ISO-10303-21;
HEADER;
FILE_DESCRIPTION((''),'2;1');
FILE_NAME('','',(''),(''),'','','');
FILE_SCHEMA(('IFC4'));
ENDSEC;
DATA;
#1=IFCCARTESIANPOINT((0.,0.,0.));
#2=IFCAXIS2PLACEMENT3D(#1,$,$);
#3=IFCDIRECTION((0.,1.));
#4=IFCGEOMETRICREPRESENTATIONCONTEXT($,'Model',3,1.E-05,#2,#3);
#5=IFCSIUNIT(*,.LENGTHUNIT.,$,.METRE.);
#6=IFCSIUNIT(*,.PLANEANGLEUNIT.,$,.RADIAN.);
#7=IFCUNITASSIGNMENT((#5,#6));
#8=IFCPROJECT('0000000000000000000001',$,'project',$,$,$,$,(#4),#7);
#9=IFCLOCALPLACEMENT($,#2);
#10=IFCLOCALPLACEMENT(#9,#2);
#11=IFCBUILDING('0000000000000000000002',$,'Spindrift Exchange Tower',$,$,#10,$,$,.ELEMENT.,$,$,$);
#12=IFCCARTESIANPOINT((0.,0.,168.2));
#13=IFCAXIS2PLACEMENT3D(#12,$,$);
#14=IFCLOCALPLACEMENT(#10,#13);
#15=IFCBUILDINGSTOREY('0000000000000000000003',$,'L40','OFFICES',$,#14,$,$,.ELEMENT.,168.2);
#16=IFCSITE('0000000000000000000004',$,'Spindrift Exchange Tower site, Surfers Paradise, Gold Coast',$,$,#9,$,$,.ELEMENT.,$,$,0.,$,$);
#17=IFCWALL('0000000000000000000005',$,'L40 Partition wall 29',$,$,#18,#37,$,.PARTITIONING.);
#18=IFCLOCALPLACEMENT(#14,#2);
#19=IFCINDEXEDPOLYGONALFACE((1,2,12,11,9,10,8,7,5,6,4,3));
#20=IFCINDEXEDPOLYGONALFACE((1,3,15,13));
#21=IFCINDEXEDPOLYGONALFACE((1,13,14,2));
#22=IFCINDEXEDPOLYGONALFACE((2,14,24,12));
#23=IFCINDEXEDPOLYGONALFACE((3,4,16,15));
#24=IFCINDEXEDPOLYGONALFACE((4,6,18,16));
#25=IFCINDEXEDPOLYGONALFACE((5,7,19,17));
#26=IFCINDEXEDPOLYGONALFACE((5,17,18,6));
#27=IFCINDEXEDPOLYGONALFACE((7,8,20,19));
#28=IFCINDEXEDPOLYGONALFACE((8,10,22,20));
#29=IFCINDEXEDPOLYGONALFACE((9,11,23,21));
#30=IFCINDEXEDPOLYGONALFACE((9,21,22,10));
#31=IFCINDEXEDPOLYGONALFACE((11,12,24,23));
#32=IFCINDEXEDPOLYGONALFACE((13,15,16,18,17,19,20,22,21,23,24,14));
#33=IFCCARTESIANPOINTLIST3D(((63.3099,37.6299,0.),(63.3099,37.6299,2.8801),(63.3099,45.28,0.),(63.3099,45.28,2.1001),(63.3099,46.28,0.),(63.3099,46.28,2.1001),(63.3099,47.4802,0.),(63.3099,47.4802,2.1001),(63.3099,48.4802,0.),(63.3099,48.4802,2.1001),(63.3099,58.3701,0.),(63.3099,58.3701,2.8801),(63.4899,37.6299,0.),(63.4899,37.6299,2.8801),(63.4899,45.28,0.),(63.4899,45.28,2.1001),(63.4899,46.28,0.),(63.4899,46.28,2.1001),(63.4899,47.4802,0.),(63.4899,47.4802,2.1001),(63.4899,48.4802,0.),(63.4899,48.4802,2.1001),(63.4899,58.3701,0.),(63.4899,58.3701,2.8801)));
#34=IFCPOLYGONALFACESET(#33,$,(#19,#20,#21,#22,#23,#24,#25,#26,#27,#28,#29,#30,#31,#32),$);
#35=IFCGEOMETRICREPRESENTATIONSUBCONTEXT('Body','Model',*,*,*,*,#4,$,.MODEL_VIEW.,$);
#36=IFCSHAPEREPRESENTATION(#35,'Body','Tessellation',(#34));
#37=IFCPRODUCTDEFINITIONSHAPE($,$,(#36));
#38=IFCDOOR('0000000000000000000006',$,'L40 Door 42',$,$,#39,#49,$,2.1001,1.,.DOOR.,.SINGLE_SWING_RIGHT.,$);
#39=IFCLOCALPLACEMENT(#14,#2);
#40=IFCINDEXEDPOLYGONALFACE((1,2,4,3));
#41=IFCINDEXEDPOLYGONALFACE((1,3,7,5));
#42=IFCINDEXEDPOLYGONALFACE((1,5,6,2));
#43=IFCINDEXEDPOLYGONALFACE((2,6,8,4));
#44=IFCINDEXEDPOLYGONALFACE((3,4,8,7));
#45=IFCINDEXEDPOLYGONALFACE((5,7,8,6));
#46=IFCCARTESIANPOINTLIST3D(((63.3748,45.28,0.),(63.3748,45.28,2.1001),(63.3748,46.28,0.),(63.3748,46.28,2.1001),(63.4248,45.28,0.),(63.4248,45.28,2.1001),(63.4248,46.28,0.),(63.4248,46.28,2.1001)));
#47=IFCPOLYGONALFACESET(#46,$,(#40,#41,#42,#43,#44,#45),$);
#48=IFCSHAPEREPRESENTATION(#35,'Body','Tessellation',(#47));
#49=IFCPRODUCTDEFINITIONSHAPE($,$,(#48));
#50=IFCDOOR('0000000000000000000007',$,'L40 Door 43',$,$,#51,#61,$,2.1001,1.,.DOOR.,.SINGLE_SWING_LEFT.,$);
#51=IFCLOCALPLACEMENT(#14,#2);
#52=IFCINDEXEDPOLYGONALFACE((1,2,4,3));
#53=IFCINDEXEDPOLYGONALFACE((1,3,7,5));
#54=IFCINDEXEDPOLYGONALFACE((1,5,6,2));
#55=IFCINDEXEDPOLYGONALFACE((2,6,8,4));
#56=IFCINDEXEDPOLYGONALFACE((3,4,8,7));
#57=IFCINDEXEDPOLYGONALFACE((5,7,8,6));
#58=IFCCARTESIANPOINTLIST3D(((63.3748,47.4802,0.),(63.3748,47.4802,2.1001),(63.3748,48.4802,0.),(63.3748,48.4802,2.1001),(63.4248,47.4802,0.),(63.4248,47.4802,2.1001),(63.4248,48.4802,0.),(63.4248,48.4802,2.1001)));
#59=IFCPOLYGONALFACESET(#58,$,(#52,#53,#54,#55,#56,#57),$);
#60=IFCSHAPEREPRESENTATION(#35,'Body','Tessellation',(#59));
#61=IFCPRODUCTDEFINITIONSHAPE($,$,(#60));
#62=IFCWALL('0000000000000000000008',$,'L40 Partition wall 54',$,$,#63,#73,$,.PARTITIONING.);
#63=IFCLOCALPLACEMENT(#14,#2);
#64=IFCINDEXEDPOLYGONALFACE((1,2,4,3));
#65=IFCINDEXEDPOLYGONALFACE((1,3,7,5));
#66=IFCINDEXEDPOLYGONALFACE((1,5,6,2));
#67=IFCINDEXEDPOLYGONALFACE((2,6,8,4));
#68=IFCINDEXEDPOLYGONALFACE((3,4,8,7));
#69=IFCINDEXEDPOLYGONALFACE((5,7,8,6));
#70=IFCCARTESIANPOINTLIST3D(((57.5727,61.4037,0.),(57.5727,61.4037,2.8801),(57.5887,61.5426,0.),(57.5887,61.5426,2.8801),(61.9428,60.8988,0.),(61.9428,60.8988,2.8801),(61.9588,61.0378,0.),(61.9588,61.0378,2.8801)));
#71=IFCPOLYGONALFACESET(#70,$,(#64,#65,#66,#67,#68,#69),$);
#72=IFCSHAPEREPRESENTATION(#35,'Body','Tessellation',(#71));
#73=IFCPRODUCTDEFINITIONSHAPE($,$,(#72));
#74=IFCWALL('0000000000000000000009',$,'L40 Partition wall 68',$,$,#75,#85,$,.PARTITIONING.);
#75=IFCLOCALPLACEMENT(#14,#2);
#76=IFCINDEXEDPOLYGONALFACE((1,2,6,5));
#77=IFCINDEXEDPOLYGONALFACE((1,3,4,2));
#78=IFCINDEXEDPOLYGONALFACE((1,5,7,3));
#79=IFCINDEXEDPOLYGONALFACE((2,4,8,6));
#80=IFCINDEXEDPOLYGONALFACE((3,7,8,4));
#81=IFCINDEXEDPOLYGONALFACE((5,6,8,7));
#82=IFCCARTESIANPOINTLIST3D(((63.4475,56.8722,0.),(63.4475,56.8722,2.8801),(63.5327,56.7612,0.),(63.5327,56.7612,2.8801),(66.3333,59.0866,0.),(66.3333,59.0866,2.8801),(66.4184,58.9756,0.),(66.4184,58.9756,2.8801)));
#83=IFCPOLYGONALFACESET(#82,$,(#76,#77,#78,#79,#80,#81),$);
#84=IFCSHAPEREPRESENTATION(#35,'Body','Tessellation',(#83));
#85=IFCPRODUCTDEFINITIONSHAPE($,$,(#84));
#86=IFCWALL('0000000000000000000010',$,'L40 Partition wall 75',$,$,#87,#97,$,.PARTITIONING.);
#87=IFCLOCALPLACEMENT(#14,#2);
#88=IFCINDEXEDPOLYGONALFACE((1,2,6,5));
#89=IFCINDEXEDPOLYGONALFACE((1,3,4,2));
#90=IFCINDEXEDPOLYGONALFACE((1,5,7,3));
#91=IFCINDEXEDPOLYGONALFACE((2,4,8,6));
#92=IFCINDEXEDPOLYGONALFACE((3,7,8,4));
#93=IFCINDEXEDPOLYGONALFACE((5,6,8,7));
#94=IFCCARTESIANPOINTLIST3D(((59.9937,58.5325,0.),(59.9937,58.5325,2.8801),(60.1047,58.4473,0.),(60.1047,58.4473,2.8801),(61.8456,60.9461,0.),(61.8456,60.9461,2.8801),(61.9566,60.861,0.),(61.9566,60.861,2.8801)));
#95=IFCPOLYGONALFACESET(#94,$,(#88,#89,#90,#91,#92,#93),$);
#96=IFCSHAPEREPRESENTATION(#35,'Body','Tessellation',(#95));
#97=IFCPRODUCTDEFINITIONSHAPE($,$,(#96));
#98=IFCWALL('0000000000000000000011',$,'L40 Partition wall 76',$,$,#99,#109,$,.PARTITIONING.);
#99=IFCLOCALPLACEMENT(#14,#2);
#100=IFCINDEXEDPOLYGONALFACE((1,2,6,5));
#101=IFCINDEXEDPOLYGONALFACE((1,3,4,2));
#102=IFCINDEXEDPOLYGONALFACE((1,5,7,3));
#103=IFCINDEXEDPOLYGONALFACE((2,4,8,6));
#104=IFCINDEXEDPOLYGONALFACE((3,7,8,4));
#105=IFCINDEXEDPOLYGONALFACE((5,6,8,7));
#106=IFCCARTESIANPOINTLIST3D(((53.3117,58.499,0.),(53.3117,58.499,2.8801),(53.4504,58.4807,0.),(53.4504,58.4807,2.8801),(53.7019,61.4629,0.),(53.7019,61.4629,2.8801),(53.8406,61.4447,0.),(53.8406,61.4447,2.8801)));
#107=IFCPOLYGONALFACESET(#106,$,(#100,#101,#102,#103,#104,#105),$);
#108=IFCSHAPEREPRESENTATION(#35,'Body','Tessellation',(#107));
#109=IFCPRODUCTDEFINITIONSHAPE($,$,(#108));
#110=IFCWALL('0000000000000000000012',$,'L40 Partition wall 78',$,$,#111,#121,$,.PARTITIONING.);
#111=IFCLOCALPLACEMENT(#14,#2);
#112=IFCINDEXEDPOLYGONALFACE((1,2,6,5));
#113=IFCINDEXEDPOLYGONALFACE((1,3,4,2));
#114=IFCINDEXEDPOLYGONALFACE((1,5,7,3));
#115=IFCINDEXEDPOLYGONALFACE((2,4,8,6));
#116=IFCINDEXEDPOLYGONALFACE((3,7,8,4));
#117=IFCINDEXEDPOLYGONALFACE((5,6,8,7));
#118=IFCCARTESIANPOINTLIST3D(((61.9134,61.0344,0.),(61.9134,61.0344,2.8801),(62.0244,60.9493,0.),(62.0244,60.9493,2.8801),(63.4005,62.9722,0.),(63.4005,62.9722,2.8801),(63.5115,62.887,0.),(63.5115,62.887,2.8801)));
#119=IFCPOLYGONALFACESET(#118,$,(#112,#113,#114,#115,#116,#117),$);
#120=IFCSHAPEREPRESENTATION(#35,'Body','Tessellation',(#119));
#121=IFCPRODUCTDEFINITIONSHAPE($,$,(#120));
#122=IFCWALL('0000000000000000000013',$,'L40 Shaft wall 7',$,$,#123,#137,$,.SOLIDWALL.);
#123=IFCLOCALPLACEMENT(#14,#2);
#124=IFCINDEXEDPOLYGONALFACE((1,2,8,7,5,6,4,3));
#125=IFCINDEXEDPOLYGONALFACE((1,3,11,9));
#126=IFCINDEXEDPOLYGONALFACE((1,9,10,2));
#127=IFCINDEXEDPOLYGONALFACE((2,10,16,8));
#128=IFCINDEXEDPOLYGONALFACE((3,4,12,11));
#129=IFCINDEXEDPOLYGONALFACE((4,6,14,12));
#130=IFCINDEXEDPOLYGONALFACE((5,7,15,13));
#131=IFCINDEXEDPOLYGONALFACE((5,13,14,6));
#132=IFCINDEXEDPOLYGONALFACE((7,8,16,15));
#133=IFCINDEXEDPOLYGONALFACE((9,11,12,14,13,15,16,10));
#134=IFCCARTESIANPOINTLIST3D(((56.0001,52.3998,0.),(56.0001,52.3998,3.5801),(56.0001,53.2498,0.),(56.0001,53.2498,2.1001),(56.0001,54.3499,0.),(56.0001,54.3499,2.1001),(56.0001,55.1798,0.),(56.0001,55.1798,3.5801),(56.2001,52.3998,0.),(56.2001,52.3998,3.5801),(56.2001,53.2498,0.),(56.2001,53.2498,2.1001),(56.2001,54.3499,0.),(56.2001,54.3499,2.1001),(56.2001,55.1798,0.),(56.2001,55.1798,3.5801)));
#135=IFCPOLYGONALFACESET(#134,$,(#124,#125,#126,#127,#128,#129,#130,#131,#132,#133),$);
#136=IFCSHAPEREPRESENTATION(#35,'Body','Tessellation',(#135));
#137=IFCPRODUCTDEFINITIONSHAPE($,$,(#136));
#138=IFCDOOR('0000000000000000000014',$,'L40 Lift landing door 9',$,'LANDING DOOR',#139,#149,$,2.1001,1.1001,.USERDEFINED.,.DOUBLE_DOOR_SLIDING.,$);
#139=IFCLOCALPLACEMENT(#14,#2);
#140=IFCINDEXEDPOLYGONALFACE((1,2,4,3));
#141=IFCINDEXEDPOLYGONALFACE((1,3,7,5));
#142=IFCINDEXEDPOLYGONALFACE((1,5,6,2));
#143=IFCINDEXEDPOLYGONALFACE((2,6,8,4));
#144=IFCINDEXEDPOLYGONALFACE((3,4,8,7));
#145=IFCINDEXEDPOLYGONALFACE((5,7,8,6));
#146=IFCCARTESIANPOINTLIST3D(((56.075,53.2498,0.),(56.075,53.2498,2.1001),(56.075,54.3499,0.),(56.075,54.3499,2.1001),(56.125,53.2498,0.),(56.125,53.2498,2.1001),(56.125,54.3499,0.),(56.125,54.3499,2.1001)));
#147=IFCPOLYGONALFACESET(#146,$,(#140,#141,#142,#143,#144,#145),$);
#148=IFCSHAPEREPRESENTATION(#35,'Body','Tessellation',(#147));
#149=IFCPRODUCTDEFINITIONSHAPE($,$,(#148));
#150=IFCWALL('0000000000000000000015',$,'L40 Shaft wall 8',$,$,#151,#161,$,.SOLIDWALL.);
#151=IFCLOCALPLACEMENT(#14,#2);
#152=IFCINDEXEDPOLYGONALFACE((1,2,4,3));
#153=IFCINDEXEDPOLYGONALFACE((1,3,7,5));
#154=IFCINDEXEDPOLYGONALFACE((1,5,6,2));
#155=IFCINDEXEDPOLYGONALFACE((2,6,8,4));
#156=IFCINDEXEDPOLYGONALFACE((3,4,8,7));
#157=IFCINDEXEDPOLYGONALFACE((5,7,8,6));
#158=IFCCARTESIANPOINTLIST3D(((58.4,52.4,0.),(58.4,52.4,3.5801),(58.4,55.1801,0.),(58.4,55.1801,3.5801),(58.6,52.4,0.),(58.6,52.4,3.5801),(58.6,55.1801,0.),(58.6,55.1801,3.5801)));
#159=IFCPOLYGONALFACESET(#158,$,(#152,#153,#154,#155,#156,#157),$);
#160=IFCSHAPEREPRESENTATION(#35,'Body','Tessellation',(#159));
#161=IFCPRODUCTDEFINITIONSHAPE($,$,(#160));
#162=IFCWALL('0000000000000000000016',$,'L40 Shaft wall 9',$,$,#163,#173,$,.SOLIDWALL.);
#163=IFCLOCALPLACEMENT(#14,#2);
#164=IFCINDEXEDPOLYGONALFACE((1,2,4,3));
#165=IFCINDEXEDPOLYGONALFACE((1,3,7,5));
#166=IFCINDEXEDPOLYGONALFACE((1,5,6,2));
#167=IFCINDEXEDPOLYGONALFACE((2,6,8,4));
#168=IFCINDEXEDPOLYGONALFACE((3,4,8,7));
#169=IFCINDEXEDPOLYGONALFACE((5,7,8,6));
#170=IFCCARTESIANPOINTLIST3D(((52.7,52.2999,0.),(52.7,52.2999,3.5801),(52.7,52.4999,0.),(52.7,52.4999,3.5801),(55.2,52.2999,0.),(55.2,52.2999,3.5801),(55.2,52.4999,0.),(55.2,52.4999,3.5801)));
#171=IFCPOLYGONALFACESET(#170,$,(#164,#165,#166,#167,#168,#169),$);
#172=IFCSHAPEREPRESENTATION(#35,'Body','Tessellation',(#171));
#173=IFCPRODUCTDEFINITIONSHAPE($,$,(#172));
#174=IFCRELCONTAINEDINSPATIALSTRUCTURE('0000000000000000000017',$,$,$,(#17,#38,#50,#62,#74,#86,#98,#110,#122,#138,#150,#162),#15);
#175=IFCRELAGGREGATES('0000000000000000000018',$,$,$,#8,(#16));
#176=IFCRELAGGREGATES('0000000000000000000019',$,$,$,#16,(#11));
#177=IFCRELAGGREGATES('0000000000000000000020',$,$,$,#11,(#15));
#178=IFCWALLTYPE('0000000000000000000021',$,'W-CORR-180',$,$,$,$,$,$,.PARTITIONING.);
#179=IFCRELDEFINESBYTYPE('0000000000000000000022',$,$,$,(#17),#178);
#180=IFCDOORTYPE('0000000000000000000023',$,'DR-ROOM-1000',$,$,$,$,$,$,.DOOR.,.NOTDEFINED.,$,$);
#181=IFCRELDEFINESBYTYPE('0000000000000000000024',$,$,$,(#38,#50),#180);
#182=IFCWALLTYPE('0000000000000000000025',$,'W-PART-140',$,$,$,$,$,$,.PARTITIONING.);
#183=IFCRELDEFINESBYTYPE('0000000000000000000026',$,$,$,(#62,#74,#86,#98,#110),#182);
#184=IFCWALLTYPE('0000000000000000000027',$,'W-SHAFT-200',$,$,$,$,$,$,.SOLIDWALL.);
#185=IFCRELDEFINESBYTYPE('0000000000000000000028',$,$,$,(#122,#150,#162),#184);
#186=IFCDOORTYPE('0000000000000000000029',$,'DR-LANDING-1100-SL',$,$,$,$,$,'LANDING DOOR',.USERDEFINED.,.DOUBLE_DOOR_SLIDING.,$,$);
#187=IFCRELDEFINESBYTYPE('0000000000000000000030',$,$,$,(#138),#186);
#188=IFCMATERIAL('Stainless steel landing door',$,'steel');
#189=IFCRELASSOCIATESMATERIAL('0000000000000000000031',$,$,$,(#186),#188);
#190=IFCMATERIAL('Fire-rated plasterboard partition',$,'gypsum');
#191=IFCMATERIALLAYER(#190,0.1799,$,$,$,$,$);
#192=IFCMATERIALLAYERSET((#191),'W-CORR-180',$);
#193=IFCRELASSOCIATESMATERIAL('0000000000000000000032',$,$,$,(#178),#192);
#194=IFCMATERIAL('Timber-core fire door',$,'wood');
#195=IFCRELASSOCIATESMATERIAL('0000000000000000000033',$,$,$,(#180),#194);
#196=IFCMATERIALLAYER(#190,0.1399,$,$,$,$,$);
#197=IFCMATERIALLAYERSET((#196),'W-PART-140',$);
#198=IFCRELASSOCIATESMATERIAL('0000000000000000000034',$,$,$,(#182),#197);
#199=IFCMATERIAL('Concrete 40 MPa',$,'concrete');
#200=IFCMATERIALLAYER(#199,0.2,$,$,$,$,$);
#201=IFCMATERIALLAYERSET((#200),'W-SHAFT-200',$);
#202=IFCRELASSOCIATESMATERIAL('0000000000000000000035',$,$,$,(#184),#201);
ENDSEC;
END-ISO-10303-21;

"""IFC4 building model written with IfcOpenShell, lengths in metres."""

from ifc_helpers import new_model, si_unit, direction, frame, frame_2d, origin, place, context, subcontext, project, spatial, rectangle, extrude, source, transform, mapped, material, layer, layer_set, type_object, element, fill, save


model = new_model("IFC4")

# Units and contexts
model_context = context("Model", 3, precision=1e-05, world=origin(), true_north=direction((0.0, 1.0)))
body_context = subcontext(model_context, "Body", "Model", "MODEL_VIEW")
ifc_project = project(units=[si_unit("LENGTHUNIT", "METRE"), si_unit("PLANEANGLEUNIT", "RADIAN")], contexts=[model_context])

# Site, building, storey
site_placement = place(None, origin())
site = spatial("IfcSite", under=ifc_project, at=site_placement, Name="Spindrift Exchange Tower site, Surfers Paradise, Gold Coast", CompositionType="ELEMENT", RefElevation=0.0)
building_placement = place(site_placement, origin())
building = spatial("IfcBuilding", under=site, at=building_placement, Name="Spindrift Exchange Tower", CompositionType="ELEMENT")
storey_placement = place(building_placement, frame((0.0, 0.0, 168.2)))
storey = spatial("IfcBuildingStorey", under=building, at=storey_placement, Name="L40", Description="OFFICES", CompositionType="ELEMENT", Elevation=168.2)

# Wall, openings, doors
ifc_material_1 = material(Name="Stainless steel landing door", Category="steel")
door_type_1 = type_object("IfcDoorType", Name="DR-LANDING-1100-SL", ElementType="LANDING DOOR", OperationType="DOUBLE_DOOR_SLIDING", PredefinedType="USERDEFINED", material=ifc_material_1)
shared_shape_1 = source(origin(), body_context, "Body", "SweptSolid", [
    extrude(rectangle(XDim=1.1001, YDim=2.1001, at=frame_2d((0.55, 1.05))), frame((0.0, 0.0249, 0.0), z_axis=(0.0, -1.0, 0.0), x_axis=(1.0, 0.0, 0.0)), (0.0, 0.0, 1.0), 0.05),
])
ifc_material_2 = material(Name="Timber-core fire door", Category="wood")
ifc_material_3 = material(Name="Fire-rated plasterboard partition", Category="gypsum")
ifc_layer_1 = layer(ifc_material_3, 0.1799)
ifc_layer_set_1 = layer_set([ifc_layer_1], Name="W-CORR-180")
wall_type_1 = type_object("IfcWallType", Name="W-CORR-180", PredefinedType="PARTITIONING", material=ifc_layer_set_1)
wall_1_placement = place(storey_placement, frame((63.3999, 58.3701, 0.0), z_axis=(0.0, 0.0, 1.0), x_axis=(0.0, -1.0, 0.0)))
wall_1 = element("IfcWall", 1, at=wall_1_placement, inside=storey, type_object=wall_type_1, Name="L40 Partition wall 29", PredefinedType="PARTITIONING", context=body_context, shape_type="SweptSolid", body=[
    extrude(rectangle(XDim=20.7402, YDim=0.1799, at=frame_2d((10.3701, 0.0))), origin(), (0.0, 0.0, 1.0), 2.8801),
])
opening_1_placement = place(wall_1_placement, frame((12.0901, 0.0, 0.0)))
opening_1 = element("IfcOpeningElement", 2, at=opening_1_placement, cuts=wall_1, PredefinedType="OPENING", context=body_context, shape_type="SweptSolid", body=[
    extrude(rectangle(XDim=1.0, YDim=2.1001, at=frame_2d((0.5, 1.05))), frame((0.0, 0.0999, 0.0), z_axis=(0.0, -1.0, 0.0), x_axis=(1.0, 0.0, 0.0)), (0.0, 0.0, 1.0), 0.2),
])
opening_2_placement = place(wall_1_placement, frame((9.8899, 0.0, 0.0)))
opening_2 = element("IfcOpeningElement", 3, at=opening_2_placement, cuts=wall_1, PredefinedType="OPENING", context=body_context, shape_type="SweptSolid", body=[
    extrude(rectangle(XDim=1.0, YDim=2.1001, at=frame_2d((0.5, 1.05))), frame((0.0, 0.0999, 0.0), z_axis=(0.0, -1.0, 0.0), x_axis=(1.0, 0.0, 0.0)), (0.0, 0.0, 1.0), 0.2),
])
door_type_2 = type_object("IfcDoorType", Name="DR-ROOM-1000", OperationType="NOTDEFINED", PredefinedType="DOOR", material=ifc_material_2)
shared_shape_2 = source(origin(), body_context, "Body", "SweptSolid", [
    extrude(rectangle(XDim=1.0, YDim=2.1001, at=frame_2d((0.5, 1.05))), frame((0.0, 0.0249, 0.0), z_axis=(0.0, -1.0, 0.0), x_axis=(1.0, 0.0, 0.0)), (0.0, 0.0, 1.0), 0.05),
])
door_1_placement = place(opening_1_placement, origin())
door_1 = element("IfcDoor", 4, at=door_1_placement, inside=storey, type_object=door_type_2, Name="L40 Door 42", OperationType="SINGLE_SWING_RIGHT", OverallHeight=2.1001, OverallWidth=1.0, PredefinedType="DOOR", context=body_context, shape_type="MappedRepresentation", body=[
    mapped(shared_shape_2, transform((0.0, 0.0, 0.0), scale=1.0)),
])
fill(opening_1, door_1)
door_2_placement = place(opening_2_placement, origin())
door_2 = element("IfcDoor", 5, at=door_2_placement, inside=storey, type_object=door_type_2, Name="L40 Door 43", OperationType="SINGLE_SWING_LEFT", OverallHeight=2.1001, OverallWidth=1.0, PredefinedType="DOOR", context=body_context, shape_type="MappedRepresentation", body=[
    mapped(shared_shape_2, transform((0.0, 0.0, 0.0), scale=1.0)),
])
fill(opening_2, door_2)

# Walls
ifc_layer_2 = layer(ifc_material_3, 0.1399)
ifc_layer_set_2 = layer_set([ifc_layer_2], Name="W-PART-140")
wall_type_2 = type_object("IfcWallType", Name="W-PART-140", PredefinedType="PARTITIONING", material=ifc_layer_set_2)
wall_2_placement = place(storey_placement, frame((61.9509, 60.9683, 0.0), z_axis=(0.0, 0.0, 1.0), x_axis=(-0.993392, 0.114767, 0.0)))
element("IfcWall", 6, at=wall_2_placement, inside=storey, type_object=wall_type_2, Name="L40 Partition wall 54", PredefinedType="PARTITIONING", context=body_context, shape_type="SweptSolid", body=[
    extrude(rectangle(XDim=4.3992, YDim=0.1399, at=frame_2d((2.1997, 0.0))), origin(), (0.0, 0.0, 1.0), 2.8801),
])
wall_3_placement = place(storey_placement, frame((63.49, 56.8167, 0.0), z_axis=(0.0, 0.0, 1.0), x_axis=(0.793347, 0.60877, 0.0)))
element("IfcWall", 7, at=wall_3_placement, inside=storey, type_object=wall_type_2, Name="L40 Partition wall 68", PredefinedType="PARTITIONING", context=body_context, shape_type="SweptSolid", body=[
    extrude(rectangle(XDim=3.6375, YDim=0.1399, at=frame_2d((1.8188, 0.0))), origin(), (0.0, 0.0, 1.0), 2.8801),
])
wall_4_placement = place(storey_placement, frame((60.0493, 58.49, 0.0), z_axis=(0.0, 0.0, 1.0), x_axis=(0.608721, 0.793384, 0.0)))
element("IfcWall", 8, at=wall_4_placement, inside=storey, type_object=wall_type_2, Name="L40 Partition wall 75", PredefinedType="PARTITIONING", context=body_context, shape_type="SweptSolid", body=[
    extrude(rectangle(XDim=3.0422, YDim=0.1399, at=frame_2d((1.521, 0.0))), origin(), (0.0, 0.0, 1.0), 2.8801),
])
wall_5_placement = place(storey_placement, frame((53.3811, 58.49, 0.0), z_axis=(0.0, 0.0, 1.0), x_axis=(0.130505, 0.991448, 0.0)))
element("IfcWall", 9, at=wall_5_placement, inside=storey, type_object=wall_type_2, Name="L40 Partition wall 76", PredefinedType="PARTITIONING", context=body_context, shape_type="SweptSolid", body=[
    extrude(rectangle(XDim=2.9895, YDim=0.1399, at=frame_2d((1.4946, 0.0))), origin(), (0.0, 0.0, 1.0), 2.8801),
])
wall_6_placement = place(storey_placement, frame((61.969, 60.9919, 0.0), z_axis=(0.0, 0.0, 1.0), x_axis=(0.608807, 0.793318, 0.0)))
element("IfcWall", 10, at=wall_6_placement, inside=storey, type_object=wall_type_2, Name="L40 Partition wall 78", PredefinedType="PARTITIONING", context=body_context, shape_type="SweptSolid", body=[
    extrude(rectangle(XDim=2.4426, YDim=0.1399, at=frame_2d((1.2212, 0.0))), origin(), (0.0, 0.0, 1.0), 2.8801),
])

# Wall, opening, door
ifc_material_4 = material(Name="Concrete 40 MPa", Category="concrete")
ifc_layer_3 = layer(ifc_material_4, 0.2)
ifc_layer_set_3 = layer_set([ifc_layer_3], Name="W-SHAFT-200")
wall_type_3 = type_object("IfcWallType", Name="W-SHAFT-200", PredefinedType="SOLIDWALL", material=ifc_layer_set_3)
wall_7_placement = place(storey_placement, frame((56.1001, 55.1799, 0.0), z_axis=(0.0, 0.0, 1.0), x_axis=(0.0, -1.0, 0.0)))
wall_7 = element("IfcWall", 11, at=wall_7_placement, inside=storey, type_object=wall_type_3, Name="L40 Shaft wall 7", PredefinedType="SOLIDWALL", context=body_context, shape_type="SweptSolid", body=[
    extrude(rectangle(XDim=2.78, YDim=0.2, at=frame_2d((1.3901, 0.0))), origin(), (0.0, 0.0, 1.0), 3.5801),
])
opening_3_placement = place(wall_7_placement, frame((0.8301, 0.0, 0.0)))
opening_3 = element("IfcOpeningElement", 12, at=opening_3_placement, cuts=wall_7, PredefinedType="OPENING", context=body_context, shape_type="SweptSolid", body=[
    extrude(rectangle(XDim=1.1001, YDim=2.1001, at=frame_2d((0.55, 1.05))), frame((0.0, 0.1099, 0.0), z_axis=(0.0, -1.0, 0.0), x_axis=(1.0, 0.0, 0.0)), (0.0, 0.0, 1.0), 0.22),
])
door_3_placement = place(opening_3_placement, origin())
door_3 = element("IfcDoor", 13, at=door_3_placement, inside=storey, type_object=door_type_1, Name="L40 Lift landing door 9", ObjectType="LANDING DOOR", OperationType="DOUBLE_DOOR_SLIDING", OverallHeight=2.1001, OverallWidth=1.1001, PredefinedType="USERDEFINED", context=body_context, shape_type="MappedRepresentation", body=[
    mapped(shared_shape_1, transform((0.0, 0.0, 0.0), scale=1.0)),
])
fill(opening_3, door_3)

# Walls
wall_8_placement = place(storey_placement, frame((58.5, 52.3999, 0.0), z_axis=(0.0, 0.0, 1.0), x_axis=(0.0, 1.0, 0.0)))
element("IfcWall", 14, at=wall_8_placement, inside=storey, type_object=wall_type_3, Name="L40 Shaft wall 8", PredefinedType="SOLIDWALL", context=body_context, shape_type="SweptSolid", body=[
    extrude(rectangle(XDim=2.78, YDim=0.2, at=frame_2d((1.3901, 0.0))), origin(), (0.0, 0.0, 1.0), 3.5801),
])
wall_9_placement = place(storey_placement, frame((55.2, 52.3999, 0.0), z_axis=(0.0, 0.0, 1.0), x_axis=(-1.0, 0.0, 0.0)))
element("IfcWall", 15, at=wall_9_placement, inside=storey, type_object=wall_type_3, Name="L40 Shaft wall 9", PredefinedType="SOLIDWALL", context=body_context, shape_type="SweptSolid", body=[
    extrude(rectangle(XDim=2.5, YDim=0.2, at=frame_2d((1.25, 0.0))), origin(), (0.0, 0.0, 1.0), 3.5801),
])

save(model, "model.ifc")
